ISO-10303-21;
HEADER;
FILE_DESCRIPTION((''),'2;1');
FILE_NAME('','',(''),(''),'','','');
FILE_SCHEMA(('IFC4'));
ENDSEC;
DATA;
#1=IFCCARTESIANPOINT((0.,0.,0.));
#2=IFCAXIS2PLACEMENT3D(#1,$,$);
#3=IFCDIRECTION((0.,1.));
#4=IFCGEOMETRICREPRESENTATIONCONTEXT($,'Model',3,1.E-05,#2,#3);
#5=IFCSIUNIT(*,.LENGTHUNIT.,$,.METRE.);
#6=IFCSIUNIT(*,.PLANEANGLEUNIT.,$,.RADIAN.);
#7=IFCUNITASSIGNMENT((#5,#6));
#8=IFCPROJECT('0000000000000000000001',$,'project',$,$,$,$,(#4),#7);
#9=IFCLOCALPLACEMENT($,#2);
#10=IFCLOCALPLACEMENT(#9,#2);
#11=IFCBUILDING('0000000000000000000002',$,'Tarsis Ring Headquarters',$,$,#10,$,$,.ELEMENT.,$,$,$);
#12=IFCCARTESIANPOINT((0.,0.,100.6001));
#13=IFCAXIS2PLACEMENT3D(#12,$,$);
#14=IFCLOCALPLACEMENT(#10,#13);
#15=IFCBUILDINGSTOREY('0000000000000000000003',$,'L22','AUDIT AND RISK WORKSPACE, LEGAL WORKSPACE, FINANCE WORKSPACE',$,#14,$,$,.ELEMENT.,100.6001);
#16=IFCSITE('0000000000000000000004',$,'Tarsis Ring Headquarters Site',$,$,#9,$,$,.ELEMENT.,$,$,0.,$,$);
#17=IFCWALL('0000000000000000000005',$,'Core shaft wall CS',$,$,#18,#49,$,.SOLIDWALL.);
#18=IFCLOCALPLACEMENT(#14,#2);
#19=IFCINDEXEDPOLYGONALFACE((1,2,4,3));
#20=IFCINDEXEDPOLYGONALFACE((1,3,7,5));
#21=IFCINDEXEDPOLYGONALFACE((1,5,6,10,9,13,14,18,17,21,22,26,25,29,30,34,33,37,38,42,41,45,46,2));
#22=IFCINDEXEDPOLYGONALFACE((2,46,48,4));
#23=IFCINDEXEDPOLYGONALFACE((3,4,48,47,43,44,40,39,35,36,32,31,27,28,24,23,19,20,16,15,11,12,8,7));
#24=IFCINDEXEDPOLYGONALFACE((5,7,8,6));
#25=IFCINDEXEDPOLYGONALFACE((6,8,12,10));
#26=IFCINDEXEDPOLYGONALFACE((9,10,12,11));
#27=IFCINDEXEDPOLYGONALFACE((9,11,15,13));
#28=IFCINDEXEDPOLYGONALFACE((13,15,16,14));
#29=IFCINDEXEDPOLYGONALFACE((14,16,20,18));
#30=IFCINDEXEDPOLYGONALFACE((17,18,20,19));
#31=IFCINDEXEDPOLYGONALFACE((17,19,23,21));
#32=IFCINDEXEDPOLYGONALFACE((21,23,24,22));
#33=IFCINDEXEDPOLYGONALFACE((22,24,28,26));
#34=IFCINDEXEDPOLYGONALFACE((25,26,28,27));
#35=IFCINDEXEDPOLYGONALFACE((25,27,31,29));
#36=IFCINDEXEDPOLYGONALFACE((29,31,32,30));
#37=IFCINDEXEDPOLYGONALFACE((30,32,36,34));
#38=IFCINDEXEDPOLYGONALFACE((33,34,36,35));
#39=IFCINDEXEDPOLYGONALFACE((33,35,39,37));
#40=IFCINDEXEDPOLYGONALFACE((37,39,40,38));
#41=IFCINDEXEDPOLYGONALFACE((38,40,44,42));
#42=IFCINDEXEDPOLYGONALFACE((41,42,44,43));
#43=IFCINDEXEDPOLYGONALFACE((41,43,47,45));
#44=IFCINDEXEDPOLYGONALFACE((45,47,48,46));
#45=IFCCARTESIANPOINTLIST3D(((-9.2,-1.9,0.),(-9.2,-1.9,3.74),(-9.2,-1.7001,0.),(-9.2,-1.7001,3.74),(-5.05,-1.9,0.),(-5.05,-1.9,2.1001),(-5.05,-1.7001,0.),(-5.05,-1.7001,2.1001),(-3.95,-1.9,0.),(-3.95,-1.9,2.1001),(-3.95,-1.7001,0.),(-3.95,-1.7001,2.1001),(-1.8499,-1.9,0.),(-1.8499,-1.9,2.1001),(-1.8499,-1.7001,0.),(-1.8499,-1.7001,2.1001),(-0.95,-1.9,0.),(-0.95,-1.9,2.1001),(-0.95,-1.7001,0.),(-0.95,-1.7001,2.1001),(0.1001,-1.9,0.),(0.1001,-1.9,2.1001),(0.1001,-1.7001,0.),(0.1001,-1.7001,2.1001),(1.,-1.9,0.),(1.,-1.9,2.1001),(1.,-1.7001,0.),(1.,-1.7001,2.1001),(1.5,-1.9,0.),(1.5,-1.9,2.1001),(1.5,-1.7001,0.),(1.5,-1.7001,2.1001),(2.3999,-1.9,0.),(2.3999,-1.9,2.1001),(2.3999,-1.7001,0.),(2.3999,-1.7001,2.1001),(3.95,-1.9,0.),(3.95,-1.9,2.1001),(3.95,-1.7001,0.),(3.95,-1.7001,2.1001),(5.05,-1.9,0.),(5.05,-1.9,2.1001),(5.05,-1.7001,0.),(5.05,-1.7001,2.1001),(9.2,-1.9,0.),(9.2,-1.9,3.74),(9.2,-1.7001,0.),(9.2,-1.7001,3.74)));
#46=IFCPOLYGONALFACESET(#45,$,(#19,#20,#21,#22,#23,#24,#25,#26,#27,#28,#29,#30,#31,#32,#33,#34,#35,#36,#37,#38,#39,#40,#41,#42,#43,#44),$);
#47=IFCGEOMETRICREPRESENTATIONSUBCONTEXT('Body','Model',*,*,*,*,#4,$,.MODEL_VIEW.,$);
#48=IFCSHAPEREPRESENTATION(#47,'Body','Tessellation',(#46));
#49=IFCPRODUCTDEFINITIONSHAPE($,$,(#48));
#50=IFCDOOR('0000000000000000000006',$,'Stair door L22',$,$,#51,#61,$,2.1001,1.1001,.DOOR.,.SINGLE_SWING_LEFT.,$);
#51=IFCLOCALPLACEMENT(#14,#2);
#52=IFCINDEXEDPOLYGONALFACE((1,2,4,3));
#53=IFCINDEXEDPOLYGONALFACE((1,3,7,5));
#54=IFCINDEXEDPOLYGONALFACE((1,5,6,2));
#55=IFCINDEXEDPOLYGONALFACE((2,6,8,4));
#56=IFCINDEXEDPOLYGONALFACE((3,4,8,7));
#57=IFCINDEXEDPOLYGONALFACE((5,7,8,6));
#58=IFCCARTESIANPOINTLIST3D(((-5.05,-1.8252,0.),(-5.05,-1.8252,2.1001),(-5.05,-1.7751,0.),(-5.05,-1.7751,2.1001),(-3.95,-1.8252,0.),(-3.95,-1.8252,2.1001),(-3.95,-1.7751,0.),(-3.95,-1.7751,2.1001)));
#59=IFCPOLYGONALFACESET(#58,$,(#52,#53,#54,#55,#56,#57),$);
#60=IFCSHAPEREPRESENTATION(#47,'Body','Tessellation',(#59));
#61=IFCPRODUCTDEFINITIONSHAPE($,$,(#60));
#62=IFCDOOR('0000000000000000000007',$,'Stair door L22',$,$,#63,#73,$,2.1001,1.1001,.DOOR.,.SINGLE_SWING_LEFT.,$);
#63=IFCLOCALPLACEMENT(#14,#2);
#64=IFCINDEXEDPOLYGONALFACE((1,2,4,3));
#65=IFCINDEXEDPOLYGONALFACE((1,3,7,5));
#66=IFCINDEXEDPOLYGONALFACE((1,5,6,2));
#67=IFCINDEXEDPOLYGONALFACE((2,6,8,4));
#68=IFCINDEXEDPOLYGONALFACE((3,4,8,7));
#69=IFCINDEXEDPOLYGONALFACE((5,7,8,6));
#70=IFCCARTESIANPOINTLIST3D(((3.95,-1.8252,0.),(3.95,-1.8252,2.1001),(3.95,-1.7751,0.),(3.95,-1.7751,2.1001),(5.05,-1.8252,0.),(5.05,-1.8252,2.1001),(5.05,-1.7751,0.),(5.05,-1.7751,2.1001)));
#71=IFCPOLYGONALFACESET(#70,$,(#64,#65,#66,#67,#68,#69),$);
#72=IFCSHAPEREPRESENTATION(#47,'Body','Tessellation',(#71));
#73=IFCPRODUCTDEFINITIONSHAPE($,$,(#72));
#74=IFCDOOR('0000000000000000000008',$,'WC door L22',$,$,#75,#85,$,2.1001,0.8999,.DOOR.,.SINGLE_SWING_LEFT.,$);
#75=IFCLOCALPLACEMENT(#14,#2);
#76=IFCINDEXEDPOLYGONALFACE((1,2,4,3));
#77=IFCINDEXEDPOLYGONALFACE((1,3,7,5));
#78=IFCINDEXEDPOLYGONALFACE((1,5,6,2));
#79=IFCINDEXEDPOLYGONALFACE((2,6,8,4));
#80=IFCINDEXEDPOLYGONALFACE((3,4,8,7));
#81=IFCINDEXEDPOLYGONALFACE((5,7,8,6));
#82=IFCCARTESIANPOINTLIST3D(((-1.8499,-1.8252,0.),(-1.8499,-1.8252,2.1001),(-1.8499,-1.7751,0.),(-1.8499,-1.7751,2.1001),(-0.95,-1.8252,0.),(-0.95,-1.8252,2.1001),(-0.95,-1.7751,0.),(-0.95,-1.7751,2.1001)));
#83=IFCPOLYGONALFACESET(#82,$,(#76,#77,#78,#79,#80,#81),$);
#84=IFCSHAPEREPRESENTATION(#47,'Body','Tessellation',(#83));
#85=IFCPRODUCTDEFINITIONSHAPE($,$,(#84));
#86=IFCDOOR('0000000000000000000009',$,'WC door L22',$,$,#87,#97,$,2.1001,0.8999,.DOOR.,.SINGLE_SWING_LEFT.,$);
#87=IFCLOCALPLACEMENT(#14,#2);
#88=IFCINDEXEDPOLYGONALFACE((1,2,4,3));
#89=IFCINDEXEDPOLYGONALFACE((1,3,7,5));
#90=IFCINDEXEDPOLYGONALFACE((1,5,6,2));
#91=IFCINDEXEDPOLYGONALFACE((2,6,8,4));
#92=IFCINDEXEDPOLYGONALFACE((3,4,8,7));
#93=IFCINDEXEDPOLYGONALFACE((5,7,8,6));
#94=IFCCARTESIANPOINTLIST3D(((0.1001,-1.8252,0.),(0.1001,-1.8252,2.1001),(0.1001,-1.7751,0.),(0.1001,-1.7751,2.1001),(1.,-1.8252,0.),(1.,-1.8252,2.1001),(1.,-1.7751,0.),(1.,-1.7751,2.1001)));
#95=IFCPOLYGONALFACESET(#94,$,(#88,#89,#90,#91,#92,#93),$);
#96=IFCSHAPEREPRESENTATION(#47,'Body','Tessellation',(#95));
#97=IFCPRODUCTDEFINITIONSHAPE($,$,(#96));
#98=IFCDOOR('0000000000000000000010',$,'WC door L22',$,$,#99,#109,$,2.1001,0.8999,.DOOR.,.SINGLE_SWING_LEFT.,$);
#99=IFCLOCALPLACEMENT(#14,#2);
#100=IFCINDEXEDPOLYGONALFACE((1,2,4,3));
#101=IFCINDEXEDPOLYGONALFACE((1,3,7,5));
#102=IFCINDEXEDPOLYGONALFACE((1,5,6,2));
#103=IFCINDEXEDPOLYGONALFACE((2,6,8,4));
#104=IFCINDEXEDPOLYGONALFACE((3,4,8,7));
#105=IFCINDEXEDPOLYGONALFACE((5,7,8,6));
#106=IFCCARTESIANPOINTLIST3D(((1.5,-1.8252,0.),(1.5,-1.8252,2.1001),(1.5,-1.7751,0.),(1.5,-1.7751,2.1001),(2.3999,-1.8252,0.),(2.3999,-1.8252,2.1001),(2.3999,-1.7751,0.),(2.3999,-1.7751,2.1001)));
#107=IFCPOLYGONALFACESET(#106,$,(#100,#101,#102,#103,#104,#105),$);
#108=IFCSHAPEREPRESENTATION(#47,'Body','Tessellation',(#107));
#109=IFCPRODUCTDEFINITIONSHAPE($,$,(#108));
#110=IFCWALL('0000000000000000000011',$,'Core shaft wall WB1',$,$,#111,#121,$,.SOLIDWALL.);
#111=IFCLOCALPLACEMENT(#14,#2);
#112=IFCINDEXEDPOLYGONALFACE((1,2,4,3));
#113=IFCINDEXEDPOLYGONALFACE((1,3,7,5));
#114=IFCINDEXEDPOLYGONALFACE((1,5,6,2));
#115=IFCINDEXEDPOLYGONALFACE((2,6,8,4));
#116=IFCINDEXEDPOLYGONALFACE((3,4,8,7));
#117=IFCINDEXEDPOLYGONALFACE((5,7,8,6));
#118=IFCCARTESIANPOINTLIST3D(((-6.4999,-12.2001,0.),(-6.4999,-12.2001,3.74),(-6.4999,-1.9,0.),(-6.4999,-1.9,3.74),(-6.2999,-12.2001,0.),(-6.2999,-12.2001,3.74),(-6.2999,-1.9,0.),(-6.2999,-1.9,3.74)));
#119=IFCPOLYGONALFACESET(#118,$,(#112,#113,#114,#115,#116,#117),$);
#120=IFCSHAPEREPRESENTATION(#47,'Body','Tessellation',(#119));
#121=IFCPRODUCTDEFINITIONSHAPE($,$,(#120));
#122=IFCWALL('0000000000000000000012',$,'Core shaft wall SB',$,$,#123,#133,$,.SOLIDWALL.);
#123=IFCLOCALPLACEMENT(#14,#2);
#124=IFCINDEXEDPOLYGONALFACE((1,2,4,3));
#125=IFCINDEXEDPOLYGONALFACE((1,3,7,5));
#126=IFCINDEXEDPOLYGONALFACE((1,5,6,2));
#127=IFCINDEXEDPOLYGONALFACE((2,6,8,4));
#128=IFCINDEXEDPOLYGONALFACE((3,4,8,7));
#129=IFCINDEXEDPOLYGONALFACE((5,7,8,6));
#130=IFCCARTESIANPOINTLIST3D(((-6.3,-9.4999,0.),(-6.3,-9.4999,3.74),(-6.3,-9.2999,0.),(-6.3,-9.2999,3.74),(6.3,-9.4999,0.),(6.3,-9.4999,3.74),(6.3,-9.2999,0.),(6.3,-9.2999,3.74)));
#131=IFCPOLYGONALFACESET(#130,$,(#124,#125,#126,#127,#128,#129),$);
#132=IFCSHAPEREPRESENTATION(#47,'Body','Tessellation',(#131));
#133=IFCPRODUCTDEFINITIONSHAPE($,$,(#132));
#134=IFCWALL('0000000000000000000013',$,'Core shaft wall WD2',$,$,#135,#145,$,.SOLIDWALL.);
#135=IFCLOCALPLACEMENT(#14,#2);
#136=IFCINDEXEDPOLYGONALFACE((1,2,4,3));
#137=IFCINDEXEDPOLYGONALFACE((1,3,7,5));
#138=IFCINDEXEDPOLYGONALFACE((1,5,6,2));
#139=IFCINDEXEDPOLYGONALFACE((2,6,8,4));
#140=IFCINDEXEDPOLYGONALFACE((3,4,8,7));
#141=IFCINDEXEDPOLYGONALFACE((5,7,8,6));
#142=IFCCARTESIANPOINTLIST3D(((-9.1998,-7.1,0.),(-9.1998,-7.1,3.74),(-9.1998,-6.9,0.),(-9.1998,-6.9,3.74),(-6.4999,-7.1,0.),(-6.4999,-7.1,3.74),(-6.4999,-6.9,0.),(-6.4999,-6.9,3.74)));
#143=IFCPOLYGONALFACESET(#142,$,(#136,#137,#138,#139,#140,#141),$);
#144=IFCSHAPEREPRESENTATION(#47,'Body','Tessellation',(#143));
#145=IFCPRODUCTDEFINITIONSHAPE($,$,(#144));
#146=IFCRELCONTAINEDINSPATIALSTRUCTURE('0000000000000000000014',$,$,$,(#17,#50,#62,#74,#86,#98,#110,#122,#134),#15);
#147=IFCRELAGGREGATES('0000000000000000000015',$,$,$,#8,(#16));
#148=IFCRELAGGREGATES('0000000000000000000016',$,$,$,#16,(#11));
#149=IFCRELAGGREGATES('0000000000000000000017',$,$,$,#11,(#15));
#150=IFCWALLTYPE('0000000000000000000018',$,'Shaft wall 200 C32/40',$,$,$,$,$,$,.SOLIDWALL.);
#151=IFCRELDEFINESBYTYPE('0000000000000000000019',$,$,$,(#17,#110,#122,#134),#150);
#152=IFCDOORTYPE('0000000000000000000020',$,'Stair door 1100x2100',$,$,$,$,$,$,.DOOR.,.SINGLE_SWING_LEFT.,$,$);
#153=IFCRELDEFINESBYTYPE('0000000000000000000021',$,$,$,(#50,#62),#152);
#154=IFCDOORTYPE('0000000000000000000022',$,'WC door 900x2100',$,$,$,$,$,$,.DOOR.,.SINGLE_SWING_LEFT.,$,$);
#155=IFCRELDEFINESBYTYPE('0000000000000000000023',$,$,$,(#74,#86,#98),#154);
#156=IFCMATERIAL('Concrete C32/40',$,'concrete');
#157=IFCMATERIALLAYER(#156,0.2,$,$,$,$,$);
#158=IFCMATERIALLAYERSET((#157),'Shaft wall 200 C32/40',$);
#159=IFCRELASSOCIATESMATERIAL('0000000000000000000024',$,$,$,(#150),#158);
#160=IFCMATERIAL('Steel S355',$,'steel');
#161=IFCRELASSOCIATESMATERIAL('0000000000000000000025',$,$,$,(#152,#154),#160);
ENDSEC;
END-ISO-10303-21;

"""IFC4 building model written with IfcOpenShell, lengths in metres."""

from ifc_helpers import new_model, si_unit, direction, frame, frame_2d, origin, place, context, subcontext, project, spatial, rectangle, extrude, material, layer, layer_set, type_object, element, fill, save


model = new_model("IFC4")

# Units and contexts
model_context = context("Model", 3, precision=1e-05, world=origin(), true_north=direction((0.0, 1.0)))
body_context = subcontext(model_context, "Body", "Model", "MODEL_VIEW")
ifc_project = project(units=[si_unit("LENGTHUNIT", "METRE"), si_unit("PLANEANGLEUNIT", "RADIAN")], contexts=[model_context])

# Site, building, storey
site_placement = place(None, origin())
site = spatial("IfcSite", under=ifc_project, at=site_placement, Name="Tarsis Ring Headquarters Site", CompositionType="ELEMENT", RefElevation=0.0)
building_placement = place(site_placement, origin())
building = spatial("IfcBuilding", under=site, at=building_placement, Name="Tarsis Ring Headquarters", CompositionType="ELEMENT")
storey_placement = place(building_placement, frame((0.0, 0.0, 100.6001)))
storey = spatial("IfcBuildingStorey", under=building, at=storey_placement, Name="L22", Description="AUDIT AND RISK WORKSPACE, LEGAL WORKSPACE, FINANCE WORKSPACE", CompositionType="ELEMENT", Elevation=100.6001)

# Shared definitions
ifc_material_1 = material(Name="Steel S355", Category="steel")

# Wall, openings, doors
ifc_material_2 = material(Name="Concrete C32/40", Category="concrete")
ifc_layer_1 = layer(ifc_material_2, 0.2)
ifc_layer_set_1 = layer_set([ifc_layer_1], Name="Shaft wall 200 C32/40")
wall_type_1 = type_object("IfcWallType", Name="Shaft wall 200 C32/40", PredefinedType="SOLIDWALL", material=ifc_layer_set_1)
wall_1_placement = place(storey_placement, frame((-9.2, -1.8, 0.0), z_axis=(0.0, 0.0, 1.0), x_axis=(1.0, 0.0, 0.0)))
wall_1 = element("IfcWall", 1, at=wall_1_placement, inside=storey, type_object=wall_type_1, Name="Core shaft wall CS", PredefinedType="SOLIDWALL", context=body_context, shape_type="SweptSolid", body=[
    extrude(rectangle(XDim=18.3999, YDim=0.2, at=frame_2d((9.2, 0.0))), origin(), (0.0, 0.0, 1.0), 3.74),
])
opening_1_placement = place(wall_1_placement, frame((4.1499, 0.0, 0.0)))
opening_1 = element("IfcOpeningElement", 2, at=opening_1_placement, cuts=wall_1, PredefinedType="OPENING", context=body_context, shape_type="SweptSolid", body=[
    extrude(rectangle(XDim=1.1001, YDim=2.1001, at=frame_2d((0.55, 1.05))), frame((0.0, 0.1099, 0.0), z_axis=(0.0, -1.0, 0.0), x_axis=(1.0, 0.0, 0.0)), (0.0, 0.0, 1.0), 0.22),
])
opening_2_placement = place(wall_1_placement, frame((7.3501, 0.0, 0.0)))
opening_2 = element("IfcOpeningElement", 3, at=opening_2_placement, cuts=wall_1, PredefinedType="OPENING", context=body_context, shape_type="SweptSolid", body=[
    extrude(rectangle(XDim=0.8999, YDim=2.1001, at=frame_2d((0.45, 1.05))), frame((0.0, 0.1099, 0.0), z_axis=(0.0, -1.0, 0.0), x_axis=(1.0, 0.0, 0.0)), (0.0, 0.0, 1.0), 0.22),
])
opening_3_placement = place(wall_1_placement, frame((9.3, 0.0, 0.0)))
opening_3 = element("IfcOpeningElement", 4, at=opening_3_placement, cuts=wall_1, PredefinedType="OPENING", context=body_context, shape_type="SweptSolid", body=[
    extrude(rectangle(XDim=0.8999, YDim=2.1001, at=frame_2d((0.45, 1.05))), frame((0.0, 0.1099, 0.0), z_axis=(0.0, -1.0, 0.0), x_axis=(1.0, 0.0, 0.0)), (0.0, 0.0, 1.0), 0.22),
])
opening_4_placement = place(wall_1_placement, frame((10.7, 0.0, 0.0)))
opening_4 = element("IfcOpeningElement", 5, at=opening_4_placement, cuts=wall_1, PredefinedType="OPENING", context=body_context, shape_type="SweptSolid", body=[
    extrude(rectangle(XDim=0.8999, YDim=2.1001, at=frame_2d((0.45, 1.05))), frame((0.0, 0.1099, 0.0), z_axis=(0.0, -1.0, 0.0), x_axis=(1.0, 0.0, 0.0)), (0.0, 0.0, 1.0), 0.22),
])
opening_5_placement = place(wall_1_placement, frame((13.1499, 0.0, 0.0)))
opening_5 = element("IfcOpeningElement", 6, at=opening_5_placement, cuts=wall_1, PredefinedType="OPENING", context=body_context, shape_type="SweptSolid", body=[
    extrude(rectangle(XDim=1.1001, YDim=2.1001, at=frame_2d((0.55, 1.05))), frame((0.0, 0.1099, 0.0), z_axis=(0.0, -1.0, 0.0), x_axis=(1.0, 0.0, 0.0)), (0.0, 0.0, 1.0), 0.22),
])
door_type_1 = type_object("IfcDoorType", Name="Stair door 1100x2100", OperationType="SINGLE_SWING_LEFT", PredefinedType="DOOR", material=ifc_material_1)
door_1_placement = place(opening_1_placement, origin())
door_1 = element("IfcDoor", 7, at=door_1_placement, inside=storey, type_object=door_type_1, Name="Stair door L22", OperationType="SINGLE_SWING_LEFT", OverallHeight=2.1001, OverallWidth=1.1001, PredefinedType="DOOR", context=body_context, shape_type="SweptSolid", body=[
    extrude(rectangle(XDim=1.1001, YDim=2.1001, at=frame_2d((0.55, 1.05))), frame((0.0, 0.0249, 0.0), z_axis=(0.0, -1.0, 0.0), x_axis=(1.0, 0.0, 0.0)), (0.0, 0.0, 1.0), 0.05),
])
fill(opening_1, door_1)
door_2_placement = place(opening_5_placement, origin())
door_2 = element("IfcDoor", 8, at=door_2_placement, inside=storey, type_object=door_type_1, Name="Stair door L22", OperationType="SINGLE_SWING_LEFT", OverallHeight=2.1001, OverallWidth=1.1001, PredefinedType="DOOR", context=body_context, shape_type="SweptSolid", body=[
    extrude(rectangle(XDim=1.1001, YDim=2.1001, at=frame_2d((0.55, 1.05))), frame((0.0, 0.0249, 0.0), z_axis=(0.0, -1.0, 0.0), x_axis=(1.0, 0.0, 0.0)), (0.0, 0.0, 1.0), 0.05),
])
fill(opening_5, door_2)
door_type_2 = type_object("IfcDoorType", Name="WC door 900x2100", OperationType="SINGLE_SWING_LEFT", PredefinedType="DOOR", material=ifc_material_1)
door_3_placement = place(opening_2_placement, origin())
door_3 = element("IfcDoor", 9, at=door_3_placement, inside=storey, type_object=door_type_2, Name="WC door L22", OperationType="SINGLE_SWING_LEFT", OverallHeight=2.1001, OverallWidth=0.8999, PredefinedType="DOOR", context=body_context, shape_type="SweptSolid", body=[
    extrude(rectangle(XDim=0.8999, YDim=2.1001, at=frame_2d((0.45, 1.05))), frame((0.0, 0.0249, 0.0), z_axis=(0.0, -1.0, 0.0), x_axis=(1.0, 0.0, 0.0)), (0.0, 0.0, 1.0), 0.05),
])
fill(opening_2, door_3)
door_4_placement = place(opening_3_placement, origin())
door_4 = element("IfcDoor", 10, at=door_4_placement, inside=storey, type_object=door_type_2, Name="WC door L22", OperationType="SINGLE_SWING_LEFT", OverallHeight=2.1001, OverallWidth=0.8999, PredefinedType="DOOR", context=body_context, shape_type="SweptSolid", body=[
    extrude(rectangle(XDim=0.8999, YDim=2.1001, at=frame_2d((0.45, 1.05))), frame((0.0, 0.0249, 0.0), z_axis=(0.0, -1.0, 0.0), x_axis=(1.0, 0.0, 0.0)), (0.0, 0.0, 1.0), 0.05),
])
fill(opening_3, door_4)
door_5_placement = place(opening_4_placement, origin())
door_5 = element("IfcDoor", 11, at=door_5_placement, inside=storey, type_object=door_type_2, Name="WC door L22", OperationType="SINGLE_SWING_LEFT", OverallHeight=2.1001, OverallWidth=0.8999, PredefinedType="DOOR", context=body_context, shape_type="SweptSolid", body=[
    extrude(rectangle(XDim=0.8999, YDim=2.1001, at=frame_2d((0.45, 1.05))), frame((0.0, 0.0249, 0.0), z_axis=(0.0, -1.0, 0.0), x_axis=(1.0, 0.0, 0.0)), (0.0, 0.0, 1.0), 0.05),
])
fill(opening_4, door_5)

# Walls
wall_2_placement = place(storey_placement, frame((-6.3999, -12.2, 0.0), z_axis=(0.0, 0.0, 1.0), x_axis=(0.0, 1.0, 0.0)))
element("IfcWall", 12, at=wall_2_placement, inside=storey, type_object=wall_type_1, Name="Core shaft wall WB1", PredefinedType="SOLIDWALL", context=body_context, shape_type="SweptSolid", body=[
    extrude(rectangle(XDim=10.3, YDim=0.2, at=frame_2d((5.1499, 0.0))), origin(), (0.0, 0.0, 1.0), 3.74),
])
wall_3_placement = place(storey_placement, frame((-6.3, -9.3999, 0.0), z_axis=(0.0, 0.0, 1.0), x_axis=(1.0, 0.0, 0.0)))
element("IfcWall", 13, at=wall_3_placement, inside=storey, type_object=wall_type_1, Name="Core shaft wall SB", PredefinedType="SOLIDWALL", context=body_context, shape_type="SweptSolid", body=[
    extrude(rectangle(XDim=12.6001, YDim=0.2, at=frame_2d((6.3, 0.0))), origin(), (0.0, 0.0, 1.0), 3.74),
])
wall_4_placement = place(storey_placement, frame((-9.2, -7.0, 0.0), z_axis=(0.0, 0.0, 1.0), x_axis=(1.0, 0.0, 0.0)))
element("IfcWall", 14, at=wall_4_placement, inside=storey, type_object=wall_type_1, Name="Core shaft wall WD2", PredefinedType="SOLIDWALL", context=body_context, shape_type="SweptSolid", body=[
    extrude(rectangle(XDim=2.7, YDim=0.2, at=frame_2d((1.3501, 0.0))), origin(), (0.0, 0.0, 1.0), 3.74),
])

save(model, "model.ifc")
